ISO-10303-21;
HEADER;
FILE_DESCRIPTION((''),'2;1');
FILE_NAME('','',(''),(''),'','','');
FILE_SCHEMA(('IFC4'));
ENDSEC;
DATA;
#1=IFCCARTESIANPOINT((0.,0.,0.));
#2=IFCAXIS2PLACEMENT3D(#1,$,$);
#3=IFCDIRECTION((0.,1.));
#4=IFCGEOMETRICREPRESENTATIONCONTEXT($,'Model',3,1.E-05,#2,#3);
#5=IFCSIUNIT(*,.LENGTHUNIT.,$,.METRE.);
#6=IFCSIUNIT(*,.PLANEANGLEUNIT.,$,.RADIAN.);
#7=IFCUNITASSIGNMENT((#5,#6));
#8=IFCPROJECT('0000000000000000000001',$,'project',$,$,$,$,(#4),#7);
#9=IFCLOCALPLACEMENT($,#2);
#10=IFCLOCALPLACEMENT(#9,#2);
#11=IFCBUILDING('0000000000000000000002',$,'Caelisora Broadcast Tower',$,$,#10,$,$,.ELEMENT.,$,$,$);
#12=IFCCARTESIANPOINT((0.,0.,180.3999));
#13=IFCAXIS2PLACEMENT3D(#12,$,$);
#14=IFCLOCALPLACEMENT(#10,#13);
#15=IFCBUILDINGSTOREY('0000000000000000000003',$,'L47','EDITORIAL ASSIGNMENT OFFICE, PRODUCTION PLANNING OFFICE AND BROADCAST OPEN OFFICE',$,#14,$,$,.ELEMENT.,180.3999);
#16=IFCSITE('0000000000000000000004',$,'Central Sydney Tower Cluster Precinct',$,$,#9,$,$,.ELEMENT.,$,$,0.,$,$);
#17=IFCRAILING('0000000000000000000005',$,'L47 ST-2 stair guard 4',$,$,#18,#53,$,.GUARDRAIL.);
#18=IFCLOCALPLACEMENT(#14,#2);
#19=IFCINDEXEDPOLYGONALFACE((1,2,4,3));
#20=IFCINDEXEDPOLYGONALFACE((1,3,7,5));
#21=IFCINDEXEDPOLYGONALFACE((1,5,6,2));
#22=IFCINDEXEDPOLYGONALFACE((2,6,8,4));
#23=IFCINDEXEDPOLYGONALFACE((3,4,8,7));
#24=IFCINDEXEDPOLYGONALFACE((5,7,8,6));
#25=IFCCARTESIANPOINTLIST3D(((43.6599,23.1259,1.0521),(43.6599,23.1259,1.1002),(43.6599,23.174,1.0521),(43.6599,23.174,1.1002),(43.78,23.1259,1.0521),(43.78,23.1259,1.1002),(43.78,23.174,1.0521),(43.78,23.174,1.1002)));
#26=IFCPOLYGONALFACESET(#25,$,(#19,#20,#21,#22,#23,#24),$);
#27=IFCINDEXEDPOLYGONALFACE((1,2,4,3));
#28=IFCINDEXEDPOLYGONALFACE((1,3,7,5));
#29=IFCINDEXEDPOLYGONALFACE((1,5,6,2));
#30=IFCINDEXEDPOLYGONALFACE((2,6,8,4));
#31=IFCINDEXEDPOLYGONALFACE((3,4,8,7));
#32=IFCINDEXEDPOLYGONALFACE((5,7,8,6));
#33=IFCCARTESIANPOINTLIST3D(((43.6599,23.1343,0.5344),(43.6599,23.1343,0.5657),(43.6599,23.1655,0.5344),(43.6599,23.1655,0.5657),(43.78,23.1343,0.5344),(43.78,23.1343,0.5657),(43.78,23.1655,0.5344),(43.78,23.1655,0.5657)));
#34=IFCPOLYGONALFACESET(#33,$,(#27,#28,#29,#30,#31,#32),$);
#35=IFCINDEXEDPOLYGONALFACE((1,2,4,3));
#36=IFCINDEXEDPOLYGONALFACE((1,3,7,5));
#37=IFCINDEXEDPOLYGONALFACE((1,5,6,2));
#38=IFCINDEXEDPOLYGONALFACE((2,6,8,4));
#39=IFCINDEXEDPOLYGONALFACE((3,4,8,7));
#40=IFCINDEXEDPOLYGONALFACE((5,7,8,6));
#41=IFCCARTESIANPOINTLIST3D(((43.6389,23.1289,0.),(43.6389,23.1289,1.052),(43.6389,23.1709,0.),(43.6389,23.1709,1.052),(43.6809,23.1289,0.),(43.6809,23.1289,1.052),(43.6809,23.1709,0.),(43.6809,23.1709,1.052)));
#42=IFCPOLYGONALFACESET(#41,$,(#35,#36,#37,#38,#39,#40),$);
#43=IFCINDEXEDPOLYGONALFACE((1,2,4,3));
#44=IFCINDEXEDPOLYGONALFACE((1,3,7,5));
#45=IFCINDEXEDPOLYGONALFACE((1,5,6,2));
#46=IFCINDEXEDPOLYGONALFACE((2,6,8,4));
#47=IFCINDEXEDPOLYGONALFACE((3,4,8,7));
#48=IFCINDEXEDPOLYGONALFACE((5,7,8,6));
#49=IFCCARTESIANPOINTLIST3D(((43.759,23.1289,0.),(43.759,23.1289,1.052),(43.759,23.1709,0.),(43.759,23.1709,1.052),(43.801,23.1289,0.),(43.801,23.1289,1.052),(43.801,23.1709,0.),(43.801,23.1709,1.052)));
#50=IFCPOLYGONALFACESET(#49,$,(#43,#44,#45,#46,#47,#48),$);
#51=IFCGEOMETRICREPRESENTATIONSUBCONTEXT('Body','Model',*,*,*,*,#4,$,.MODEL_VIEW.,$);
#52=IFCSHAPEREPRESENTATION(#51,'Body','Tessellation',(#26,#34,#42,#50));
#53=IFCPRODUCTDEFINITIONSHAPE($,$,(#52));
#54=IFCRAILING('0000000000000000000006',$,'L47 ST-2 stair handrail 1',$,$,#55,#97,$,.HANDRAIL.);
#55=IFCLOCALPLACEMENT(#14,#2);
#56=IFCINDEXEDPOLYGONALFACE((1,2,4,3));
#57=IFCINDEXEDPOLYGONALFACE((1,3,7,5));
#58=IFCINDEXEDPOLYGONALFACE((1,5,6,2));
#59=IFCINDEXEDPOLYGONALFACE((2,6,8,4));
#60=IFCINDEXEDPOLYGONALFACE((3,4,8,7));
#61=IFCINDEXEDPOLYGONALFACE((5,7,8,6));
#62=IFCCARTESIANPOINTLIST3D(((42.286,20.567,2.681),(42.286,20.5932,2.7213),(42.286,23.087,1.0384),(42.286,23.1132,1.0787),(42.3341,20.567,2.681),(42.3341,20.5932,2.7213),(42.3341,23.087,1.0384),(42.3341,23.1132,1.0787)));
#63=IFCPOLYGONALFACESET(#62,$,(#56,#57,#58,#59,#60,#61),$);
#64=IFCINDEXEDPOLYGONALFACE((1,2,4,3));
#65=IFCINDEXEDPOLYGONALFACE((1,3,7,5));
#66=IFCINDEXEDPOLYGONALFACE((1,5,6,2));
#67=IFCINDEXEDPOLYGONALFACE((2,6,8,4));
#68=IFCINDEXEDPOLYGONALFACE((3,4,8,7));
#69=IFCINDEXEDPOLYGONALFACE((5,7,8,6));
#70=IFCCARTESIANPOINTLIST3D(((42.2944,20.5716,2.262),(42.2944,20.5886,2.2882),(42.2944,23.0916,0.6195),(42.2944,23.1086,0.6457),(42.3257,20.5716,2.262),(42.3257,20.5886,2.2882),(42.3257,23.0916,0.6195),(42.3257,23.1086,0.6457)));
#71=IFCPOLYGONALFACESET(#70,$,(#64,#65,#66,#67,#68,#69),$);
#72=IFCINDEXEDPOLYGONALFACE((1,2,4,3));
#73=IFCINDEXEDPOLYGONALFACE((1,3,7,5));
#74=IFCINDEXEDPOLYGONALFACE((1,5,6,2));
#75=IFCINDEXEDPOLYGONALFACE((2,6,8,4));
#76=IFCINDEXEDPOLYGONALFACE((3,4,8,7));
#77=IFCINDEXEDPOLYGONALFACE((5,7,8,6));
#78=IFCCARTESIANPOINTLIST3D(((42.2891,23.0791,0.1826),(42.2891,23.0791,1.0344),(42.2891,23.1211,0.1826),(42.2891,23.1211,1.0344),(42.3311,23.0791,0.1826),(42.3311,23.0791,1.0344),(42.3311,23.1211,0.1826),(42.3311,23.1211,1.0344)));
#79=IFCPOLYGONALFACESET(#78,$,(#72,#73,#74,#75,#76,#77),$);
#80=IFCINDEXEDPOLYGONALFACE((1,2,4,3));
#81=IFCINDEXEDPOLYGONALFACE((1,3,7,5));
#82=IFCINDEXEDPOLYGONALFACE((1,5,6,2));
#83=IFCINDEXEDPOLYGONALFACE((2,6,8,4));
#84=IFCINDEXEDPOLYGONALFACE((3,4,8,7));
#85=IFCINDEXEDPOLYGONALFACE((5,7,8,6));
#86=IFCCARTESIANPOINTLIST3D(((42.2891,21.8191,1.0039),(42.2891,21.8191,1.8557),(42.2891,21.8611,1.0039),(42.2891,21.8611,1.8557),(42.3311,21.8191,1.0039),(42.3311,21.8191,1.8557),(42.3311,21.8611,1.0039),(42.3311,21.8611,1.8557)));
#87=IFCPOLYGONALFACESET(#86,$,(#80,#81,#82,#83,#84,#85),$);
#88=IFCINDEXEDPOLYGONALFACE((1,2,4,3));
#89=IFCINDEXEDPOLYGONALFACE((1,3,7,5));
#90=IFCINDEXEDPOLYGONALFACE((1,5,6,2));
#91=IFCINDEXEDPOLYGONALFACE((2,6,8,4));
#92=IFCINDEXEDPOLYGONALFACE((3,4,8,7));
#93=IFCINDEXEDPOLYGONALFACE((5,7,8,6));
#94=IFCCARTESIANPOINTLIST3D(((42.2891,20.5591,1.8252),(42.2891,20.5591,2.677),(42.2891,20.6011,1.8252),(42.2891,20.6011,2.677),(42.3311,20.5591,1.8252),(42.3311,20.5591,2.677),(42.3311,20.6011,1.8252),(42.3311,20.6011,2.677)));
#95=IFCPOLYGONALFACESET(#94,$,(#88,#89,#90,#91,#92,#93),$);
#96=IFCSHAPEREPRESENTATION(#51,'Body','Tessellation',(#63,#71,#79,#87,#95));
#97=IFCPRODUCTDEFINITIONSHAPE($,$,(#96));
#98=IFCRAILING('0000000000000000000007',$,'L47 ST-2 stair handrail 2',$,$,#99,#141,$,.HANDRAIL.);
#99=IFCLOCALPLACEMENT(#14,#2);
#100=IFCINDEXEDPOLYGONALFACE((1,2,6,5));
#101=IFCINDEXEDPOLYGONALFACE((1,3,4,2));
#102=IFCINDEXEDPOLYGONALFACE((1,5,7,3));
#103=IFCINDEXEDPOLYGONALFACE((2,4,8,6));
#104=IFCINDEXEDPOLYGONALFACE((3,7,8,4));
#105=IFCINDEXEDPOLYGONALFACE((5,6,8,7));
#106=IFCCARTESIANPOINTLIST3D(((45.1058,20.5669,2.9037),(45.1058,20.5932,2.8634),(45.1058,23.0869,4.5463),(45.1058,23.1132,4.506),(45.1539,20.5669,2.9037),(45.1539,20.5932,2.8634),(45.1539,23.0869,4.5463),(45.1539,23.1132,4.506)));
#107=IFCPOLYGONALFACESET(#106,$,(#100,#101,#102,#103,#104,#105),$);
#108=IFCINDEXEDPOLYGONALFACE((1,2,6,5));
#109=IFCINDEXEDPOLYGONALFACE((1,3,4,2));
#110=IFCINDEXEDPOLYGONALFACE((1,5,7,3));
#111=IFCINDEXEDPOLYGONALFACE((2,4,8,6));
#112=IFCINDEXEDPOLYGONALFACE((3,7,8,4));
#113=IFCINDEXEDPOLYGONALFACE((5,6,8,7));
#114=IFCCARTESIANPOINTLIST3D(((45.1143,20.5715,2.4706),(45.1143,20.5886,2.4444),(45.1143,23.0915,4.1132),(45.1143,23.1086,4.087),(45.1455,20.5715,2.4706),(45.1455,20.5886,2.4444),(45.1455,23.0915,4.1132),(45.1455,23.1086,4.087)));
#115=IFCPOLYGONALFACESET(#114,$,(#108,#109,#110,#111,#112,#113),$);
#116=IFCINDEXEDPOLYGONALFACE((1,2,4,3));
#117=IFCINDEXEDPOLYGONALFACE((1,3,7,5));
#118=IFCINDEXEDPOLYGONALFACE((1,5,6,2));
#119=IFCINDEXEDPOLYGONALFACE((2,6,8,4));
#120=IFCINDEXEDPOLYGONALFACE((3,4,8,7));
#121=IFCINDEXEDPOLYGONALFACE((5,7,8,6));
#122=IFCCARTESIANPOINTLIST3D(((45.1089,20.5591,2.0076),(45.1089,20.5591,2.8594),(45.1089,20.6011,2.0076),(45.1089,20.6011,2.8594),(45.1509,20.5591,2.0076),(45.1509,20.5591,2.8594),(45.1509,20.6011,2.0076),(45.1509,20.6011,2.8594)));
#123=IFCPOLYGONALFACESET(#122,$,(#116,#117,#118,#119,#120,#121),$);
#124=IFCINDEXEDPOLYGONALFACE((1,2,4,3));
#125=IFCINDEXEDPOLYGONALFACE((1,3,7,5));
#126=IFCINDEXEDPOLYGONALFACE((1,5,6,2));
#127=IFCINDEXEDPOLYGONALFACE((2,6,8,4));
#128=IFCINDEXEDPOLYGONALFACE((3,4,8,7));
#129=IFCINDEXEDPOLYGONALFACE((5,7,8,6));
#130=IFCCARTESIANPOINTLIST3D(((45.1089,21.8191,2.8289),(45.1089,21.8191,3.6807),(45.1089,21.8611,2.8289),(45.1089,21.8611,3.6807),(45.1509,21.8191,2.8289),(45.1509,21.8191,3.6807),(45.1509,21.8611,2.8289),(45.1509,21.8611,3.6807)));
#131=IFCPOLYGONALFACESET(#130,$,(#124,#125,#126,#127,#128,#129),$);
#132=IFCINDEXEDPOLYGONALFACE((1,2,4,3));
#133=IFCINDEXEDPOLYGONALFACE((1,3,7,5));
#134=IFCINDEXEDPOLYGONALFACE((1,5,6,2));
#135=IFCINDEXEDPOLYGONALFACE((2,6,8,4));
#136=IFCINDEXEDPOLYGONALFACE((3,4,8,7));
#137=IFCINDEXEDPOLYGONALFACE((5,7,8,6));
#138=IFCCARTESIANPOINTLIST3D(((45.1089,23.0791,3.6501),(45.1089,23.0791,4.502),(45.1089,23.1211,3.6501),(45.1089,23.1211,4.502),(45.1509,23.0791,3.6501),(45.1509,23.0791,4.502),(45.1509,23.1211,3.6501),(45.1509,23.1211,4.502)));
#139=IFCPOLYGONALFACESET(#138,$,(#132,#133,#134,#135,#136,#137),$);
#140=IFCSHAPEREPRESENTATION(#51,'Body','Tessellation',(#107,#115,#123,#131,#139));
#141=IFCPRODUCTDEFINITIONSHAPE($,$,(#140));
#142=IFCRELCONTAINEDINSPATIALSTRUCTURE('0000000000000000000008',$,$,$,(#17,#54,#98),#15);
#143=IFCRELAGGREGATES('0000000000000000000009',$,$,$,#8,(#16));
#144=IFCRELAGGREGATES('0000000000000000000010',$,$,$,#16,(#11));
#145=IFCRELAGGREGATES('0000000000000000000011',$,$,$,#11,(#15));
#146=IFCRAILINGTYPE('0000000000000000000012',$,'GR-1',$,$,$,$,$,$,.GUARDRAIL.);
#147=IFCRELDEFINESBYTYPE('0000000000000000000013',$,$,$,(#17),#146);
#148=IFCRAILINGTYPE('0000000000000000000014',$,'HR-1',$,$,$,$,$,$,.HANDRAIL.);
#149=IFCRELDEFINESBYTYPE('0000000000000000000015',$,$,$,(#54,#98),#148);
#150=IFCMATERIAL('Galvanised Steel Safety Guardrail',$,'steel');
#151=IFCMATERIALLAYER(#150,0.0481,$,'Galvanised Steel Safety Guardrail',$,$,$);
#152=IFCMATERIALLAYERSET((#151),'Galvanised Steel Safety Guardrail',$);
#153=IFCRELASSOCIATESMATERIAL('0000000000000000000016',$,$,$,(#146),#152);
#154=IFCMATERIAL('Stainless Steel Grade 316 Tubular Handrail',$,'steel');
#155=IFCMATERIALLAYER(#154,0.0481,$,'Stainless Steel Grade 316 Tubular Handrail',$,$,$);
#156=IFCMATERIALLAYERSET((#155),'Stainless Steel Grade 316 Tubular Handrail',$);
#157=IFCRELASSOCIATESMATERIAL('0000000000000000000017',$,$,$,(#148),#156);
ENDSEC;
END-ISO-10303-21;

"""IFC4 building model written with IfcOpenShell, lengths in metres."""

from ifc_helpers import new_model, si_unit, direction, frame, origin, origin_2d, place, context, subcontext, project, spatial, rectangle, extrude, material, layer, layer_set, type_object, element, save


model = new_model("IFC4")

# Units and contexts
model_context = context("Model", 3, precision=1e-05, world=origin(), true_north=direction((0.0, 1.0)))
body_context = subcontext(model_context, "Body", "Model", "MODEL_VIEW")
ifc_project = project(units=[si_unit("LENGTHUNIT", "METRE"), si_unit("PLANEANGLEUNIT", "RADIAN")], contexts=[model_context])

# Site, building, storey
site_placement = place(None, origin())
site = spatial("IfcSite", under=ifc_project, at=site_placement, Name="Central Sydney Tower Cluster Precinct", CompositionType="ELEMENT", RefElevation=0.0)
building_placement = place(site_placement, origin())
building = spatial("IfcBuilding", under=site, at=building_placement, Name="Caelisora Broadcast Tower", CompositionType="ELEMENT")
storey_placement = place(building_placement, frame((0.0, 0.0, 180.3999)))
storey = spatial("IfcBuildingStorey", under=building, at=storey_placement, Name="L47", Description="EDITORIAL ASSIGNMENT OFFICE, PRODUCTION PLANNING OFFICE AND BROADCAST OPEN OFFICE", CompositionType="ELEMENT", Elevation=180.3999)

# Railings
ifc_material_1 = material(Name="Galvanised Steel Safety Guardrail", Category="steel")
ifc_layer_1 = layer(ifc_material_1, 0.0481, Name="Galvanised Steel Safety Guardrail")
ifc_layer_set_1 = layer_set([ifc_layer_1], Name="Galvanised Steel Safety Guardrail")
railing_type_1 = type_object("IfcRailingType", Name="GR-1", PredefinedType="GUARDRAIL", material=ifc_layer_set_1)
railing_1_placement = place(storey_placement, frame((43.6599, 23.1499, 0.0)))
element("IfcRailing", 1, at=railing_1_placement, inside=storey, type_object=railing_type_1, Name="L47 ST-2 stair guard 4", PredefinedType="GUARDRAIL", context=body_context, shape_type="SweptSolid", body=[
    extrude(rectangle(XDim=0.0481, YDim=0.0481, at=origin_2d()), frame((0.0, 0.0, 1.0762), z_axis=(1.0, 0.0, 0.0), x_axis=(0.0, 1.0, 0.0)), (0.0, 0.0, 1.0), 0.1201),
    extrude(rectangle(XDim=0.0312, YDim=0.0312, at=origin_2d()), frame((0.0, 0.0, 0.55), z_axis=(1.0, 0.0, 0.0), x_axis=(0.0, 1.0, 0.0)), (0.0, 0.0, 1.0), 0.1201),
    extrude(rectangle(XDim=0.042, YDim=0.042, at=origin_2d()), origin(), (0.0, 0.0, 1.0), 1.052),
    extrude(rectangle(XDim=0.042, YDim=0.042, at=origin_2d()), frame((0.1201, 0.0, 0.0)), (0.0, 0.0, 1.0), 1.052),
])
ifc_material_2 = material(Name="Stainless Steel Grade 316 Tubular Handrail", Category="steel")
ifc_layer_2 = layer(ifc_material_2, 0.0481, Name="Stainless Steel Grade 316 Tubular Handrail")
ifc_layer_set_2 = layer_set([ifc_layer_2], Name="Stainless Steel Grade 316 Tubular Handrail")
railing_type_2 = type_object("IfcRailingType", Name="HR-1", PredefinedType="HANDRAIL", material=ifc_layer_set_2)
railing_2_placement = place(storey_placement, frame((42.3101, 23.1001, 0.1826)))
element("IfcRailing", 2, at=railing_2_placement, inside=storey, type_object=railing_type_2, Name="L47 ST-2 stair handrail 1", PredefinedType="HANDRAIL", context=body_context, shape_type="SweptSolid", body=[
    extrude(rectangle(XDim=0.0481, YDim=0.0481, at=origin_2d()), frame((0.0, 0.0, 0.876), z_axis=(0.0, -0.837749, 0.546055), x_axis=(1.0, 0.0, 0.0)), (0.0, 0.0, 1.0), 3.0081),
    extrude(rectangle(XDim=0.0312, YDim=0.0312, at=origin_2d()), frame((0.0, 0.0, 0.45), z_axis=(0.0, -0.837749, 0.546055), x_axis=(1.0, 0.0, 0.0)), (0.0, 0.0, 1.0), 3.0081),
    extrude(rectangle(XDim=0.042, YDim=0.042, at=origin_2d()), origin(), (0.0, 0.0, 1.0), 0.8518),
    extrude(rectangle(XDim=0.042, YDim=0.042, at=origin_2d()), frame((0.0, -1.26, 0.8213)), (0.0, 0.0, 1.0), 0.8518),
    extrude(rectangle(XDim=0.042, YDim=0.042, at=origin_2d()), frame((0.0, -2.52, 1.6426)), (0.0, 0.0, 1.0), 0.8518),
])
railing_3_placement = place(storey_placement, frame((45.1299, 20.5801, 2.0076)))
element("IfcRailing", 3, at=railing_3_placement, inside=storey, type_object=railing_type_2, Name="L47 ST-2 stair handrail 2", PredefinedType="HANDRAIL", context=body_context, shape_type="SweptSolid", body=[
    extrude(rectangle(XDim=0.0481, YDim=0.0481, at=origin_2d()), frame((0.0, 0.0, 0.876), z_axis=(0.0, 0.837749, 0.546055), x_axis=(-1.0, 0.0, 0.0)), (0.0, 0.0, 1.0), 3.0081),
    extrude(rectangle(XDim=0.0312, YDim=0.0312, at=origin_2d()), frame((0.0, 0.0, 0.45), z_axis=(0.0, 0.837749, 0.546055), x_axis=(-1.0, 0.0, 0.0)), (0.0, 0.0, 1.0), 3.0081),
    extrude(rectangle(XDim=0.042, YDim=0.042, at=origin_2d()), origin(), (0.0, 0.0, 1.0), 0.8518),
    extrude(rectangle(XDim=0.042, YDim=0.042, at=origin_2d()), frame((0.0, 1.26, 0.8213)), (0.0, 0.0, 1.0), 0.8518),
    extrude(rectangle(XDim=0.042, YDim=0.042, at=origin_2d()), frame((0.0, 2.52, 1.6426)), (0.0, 0.0, 1.0), 0.8518),
])

save(model, "model.ifc")
